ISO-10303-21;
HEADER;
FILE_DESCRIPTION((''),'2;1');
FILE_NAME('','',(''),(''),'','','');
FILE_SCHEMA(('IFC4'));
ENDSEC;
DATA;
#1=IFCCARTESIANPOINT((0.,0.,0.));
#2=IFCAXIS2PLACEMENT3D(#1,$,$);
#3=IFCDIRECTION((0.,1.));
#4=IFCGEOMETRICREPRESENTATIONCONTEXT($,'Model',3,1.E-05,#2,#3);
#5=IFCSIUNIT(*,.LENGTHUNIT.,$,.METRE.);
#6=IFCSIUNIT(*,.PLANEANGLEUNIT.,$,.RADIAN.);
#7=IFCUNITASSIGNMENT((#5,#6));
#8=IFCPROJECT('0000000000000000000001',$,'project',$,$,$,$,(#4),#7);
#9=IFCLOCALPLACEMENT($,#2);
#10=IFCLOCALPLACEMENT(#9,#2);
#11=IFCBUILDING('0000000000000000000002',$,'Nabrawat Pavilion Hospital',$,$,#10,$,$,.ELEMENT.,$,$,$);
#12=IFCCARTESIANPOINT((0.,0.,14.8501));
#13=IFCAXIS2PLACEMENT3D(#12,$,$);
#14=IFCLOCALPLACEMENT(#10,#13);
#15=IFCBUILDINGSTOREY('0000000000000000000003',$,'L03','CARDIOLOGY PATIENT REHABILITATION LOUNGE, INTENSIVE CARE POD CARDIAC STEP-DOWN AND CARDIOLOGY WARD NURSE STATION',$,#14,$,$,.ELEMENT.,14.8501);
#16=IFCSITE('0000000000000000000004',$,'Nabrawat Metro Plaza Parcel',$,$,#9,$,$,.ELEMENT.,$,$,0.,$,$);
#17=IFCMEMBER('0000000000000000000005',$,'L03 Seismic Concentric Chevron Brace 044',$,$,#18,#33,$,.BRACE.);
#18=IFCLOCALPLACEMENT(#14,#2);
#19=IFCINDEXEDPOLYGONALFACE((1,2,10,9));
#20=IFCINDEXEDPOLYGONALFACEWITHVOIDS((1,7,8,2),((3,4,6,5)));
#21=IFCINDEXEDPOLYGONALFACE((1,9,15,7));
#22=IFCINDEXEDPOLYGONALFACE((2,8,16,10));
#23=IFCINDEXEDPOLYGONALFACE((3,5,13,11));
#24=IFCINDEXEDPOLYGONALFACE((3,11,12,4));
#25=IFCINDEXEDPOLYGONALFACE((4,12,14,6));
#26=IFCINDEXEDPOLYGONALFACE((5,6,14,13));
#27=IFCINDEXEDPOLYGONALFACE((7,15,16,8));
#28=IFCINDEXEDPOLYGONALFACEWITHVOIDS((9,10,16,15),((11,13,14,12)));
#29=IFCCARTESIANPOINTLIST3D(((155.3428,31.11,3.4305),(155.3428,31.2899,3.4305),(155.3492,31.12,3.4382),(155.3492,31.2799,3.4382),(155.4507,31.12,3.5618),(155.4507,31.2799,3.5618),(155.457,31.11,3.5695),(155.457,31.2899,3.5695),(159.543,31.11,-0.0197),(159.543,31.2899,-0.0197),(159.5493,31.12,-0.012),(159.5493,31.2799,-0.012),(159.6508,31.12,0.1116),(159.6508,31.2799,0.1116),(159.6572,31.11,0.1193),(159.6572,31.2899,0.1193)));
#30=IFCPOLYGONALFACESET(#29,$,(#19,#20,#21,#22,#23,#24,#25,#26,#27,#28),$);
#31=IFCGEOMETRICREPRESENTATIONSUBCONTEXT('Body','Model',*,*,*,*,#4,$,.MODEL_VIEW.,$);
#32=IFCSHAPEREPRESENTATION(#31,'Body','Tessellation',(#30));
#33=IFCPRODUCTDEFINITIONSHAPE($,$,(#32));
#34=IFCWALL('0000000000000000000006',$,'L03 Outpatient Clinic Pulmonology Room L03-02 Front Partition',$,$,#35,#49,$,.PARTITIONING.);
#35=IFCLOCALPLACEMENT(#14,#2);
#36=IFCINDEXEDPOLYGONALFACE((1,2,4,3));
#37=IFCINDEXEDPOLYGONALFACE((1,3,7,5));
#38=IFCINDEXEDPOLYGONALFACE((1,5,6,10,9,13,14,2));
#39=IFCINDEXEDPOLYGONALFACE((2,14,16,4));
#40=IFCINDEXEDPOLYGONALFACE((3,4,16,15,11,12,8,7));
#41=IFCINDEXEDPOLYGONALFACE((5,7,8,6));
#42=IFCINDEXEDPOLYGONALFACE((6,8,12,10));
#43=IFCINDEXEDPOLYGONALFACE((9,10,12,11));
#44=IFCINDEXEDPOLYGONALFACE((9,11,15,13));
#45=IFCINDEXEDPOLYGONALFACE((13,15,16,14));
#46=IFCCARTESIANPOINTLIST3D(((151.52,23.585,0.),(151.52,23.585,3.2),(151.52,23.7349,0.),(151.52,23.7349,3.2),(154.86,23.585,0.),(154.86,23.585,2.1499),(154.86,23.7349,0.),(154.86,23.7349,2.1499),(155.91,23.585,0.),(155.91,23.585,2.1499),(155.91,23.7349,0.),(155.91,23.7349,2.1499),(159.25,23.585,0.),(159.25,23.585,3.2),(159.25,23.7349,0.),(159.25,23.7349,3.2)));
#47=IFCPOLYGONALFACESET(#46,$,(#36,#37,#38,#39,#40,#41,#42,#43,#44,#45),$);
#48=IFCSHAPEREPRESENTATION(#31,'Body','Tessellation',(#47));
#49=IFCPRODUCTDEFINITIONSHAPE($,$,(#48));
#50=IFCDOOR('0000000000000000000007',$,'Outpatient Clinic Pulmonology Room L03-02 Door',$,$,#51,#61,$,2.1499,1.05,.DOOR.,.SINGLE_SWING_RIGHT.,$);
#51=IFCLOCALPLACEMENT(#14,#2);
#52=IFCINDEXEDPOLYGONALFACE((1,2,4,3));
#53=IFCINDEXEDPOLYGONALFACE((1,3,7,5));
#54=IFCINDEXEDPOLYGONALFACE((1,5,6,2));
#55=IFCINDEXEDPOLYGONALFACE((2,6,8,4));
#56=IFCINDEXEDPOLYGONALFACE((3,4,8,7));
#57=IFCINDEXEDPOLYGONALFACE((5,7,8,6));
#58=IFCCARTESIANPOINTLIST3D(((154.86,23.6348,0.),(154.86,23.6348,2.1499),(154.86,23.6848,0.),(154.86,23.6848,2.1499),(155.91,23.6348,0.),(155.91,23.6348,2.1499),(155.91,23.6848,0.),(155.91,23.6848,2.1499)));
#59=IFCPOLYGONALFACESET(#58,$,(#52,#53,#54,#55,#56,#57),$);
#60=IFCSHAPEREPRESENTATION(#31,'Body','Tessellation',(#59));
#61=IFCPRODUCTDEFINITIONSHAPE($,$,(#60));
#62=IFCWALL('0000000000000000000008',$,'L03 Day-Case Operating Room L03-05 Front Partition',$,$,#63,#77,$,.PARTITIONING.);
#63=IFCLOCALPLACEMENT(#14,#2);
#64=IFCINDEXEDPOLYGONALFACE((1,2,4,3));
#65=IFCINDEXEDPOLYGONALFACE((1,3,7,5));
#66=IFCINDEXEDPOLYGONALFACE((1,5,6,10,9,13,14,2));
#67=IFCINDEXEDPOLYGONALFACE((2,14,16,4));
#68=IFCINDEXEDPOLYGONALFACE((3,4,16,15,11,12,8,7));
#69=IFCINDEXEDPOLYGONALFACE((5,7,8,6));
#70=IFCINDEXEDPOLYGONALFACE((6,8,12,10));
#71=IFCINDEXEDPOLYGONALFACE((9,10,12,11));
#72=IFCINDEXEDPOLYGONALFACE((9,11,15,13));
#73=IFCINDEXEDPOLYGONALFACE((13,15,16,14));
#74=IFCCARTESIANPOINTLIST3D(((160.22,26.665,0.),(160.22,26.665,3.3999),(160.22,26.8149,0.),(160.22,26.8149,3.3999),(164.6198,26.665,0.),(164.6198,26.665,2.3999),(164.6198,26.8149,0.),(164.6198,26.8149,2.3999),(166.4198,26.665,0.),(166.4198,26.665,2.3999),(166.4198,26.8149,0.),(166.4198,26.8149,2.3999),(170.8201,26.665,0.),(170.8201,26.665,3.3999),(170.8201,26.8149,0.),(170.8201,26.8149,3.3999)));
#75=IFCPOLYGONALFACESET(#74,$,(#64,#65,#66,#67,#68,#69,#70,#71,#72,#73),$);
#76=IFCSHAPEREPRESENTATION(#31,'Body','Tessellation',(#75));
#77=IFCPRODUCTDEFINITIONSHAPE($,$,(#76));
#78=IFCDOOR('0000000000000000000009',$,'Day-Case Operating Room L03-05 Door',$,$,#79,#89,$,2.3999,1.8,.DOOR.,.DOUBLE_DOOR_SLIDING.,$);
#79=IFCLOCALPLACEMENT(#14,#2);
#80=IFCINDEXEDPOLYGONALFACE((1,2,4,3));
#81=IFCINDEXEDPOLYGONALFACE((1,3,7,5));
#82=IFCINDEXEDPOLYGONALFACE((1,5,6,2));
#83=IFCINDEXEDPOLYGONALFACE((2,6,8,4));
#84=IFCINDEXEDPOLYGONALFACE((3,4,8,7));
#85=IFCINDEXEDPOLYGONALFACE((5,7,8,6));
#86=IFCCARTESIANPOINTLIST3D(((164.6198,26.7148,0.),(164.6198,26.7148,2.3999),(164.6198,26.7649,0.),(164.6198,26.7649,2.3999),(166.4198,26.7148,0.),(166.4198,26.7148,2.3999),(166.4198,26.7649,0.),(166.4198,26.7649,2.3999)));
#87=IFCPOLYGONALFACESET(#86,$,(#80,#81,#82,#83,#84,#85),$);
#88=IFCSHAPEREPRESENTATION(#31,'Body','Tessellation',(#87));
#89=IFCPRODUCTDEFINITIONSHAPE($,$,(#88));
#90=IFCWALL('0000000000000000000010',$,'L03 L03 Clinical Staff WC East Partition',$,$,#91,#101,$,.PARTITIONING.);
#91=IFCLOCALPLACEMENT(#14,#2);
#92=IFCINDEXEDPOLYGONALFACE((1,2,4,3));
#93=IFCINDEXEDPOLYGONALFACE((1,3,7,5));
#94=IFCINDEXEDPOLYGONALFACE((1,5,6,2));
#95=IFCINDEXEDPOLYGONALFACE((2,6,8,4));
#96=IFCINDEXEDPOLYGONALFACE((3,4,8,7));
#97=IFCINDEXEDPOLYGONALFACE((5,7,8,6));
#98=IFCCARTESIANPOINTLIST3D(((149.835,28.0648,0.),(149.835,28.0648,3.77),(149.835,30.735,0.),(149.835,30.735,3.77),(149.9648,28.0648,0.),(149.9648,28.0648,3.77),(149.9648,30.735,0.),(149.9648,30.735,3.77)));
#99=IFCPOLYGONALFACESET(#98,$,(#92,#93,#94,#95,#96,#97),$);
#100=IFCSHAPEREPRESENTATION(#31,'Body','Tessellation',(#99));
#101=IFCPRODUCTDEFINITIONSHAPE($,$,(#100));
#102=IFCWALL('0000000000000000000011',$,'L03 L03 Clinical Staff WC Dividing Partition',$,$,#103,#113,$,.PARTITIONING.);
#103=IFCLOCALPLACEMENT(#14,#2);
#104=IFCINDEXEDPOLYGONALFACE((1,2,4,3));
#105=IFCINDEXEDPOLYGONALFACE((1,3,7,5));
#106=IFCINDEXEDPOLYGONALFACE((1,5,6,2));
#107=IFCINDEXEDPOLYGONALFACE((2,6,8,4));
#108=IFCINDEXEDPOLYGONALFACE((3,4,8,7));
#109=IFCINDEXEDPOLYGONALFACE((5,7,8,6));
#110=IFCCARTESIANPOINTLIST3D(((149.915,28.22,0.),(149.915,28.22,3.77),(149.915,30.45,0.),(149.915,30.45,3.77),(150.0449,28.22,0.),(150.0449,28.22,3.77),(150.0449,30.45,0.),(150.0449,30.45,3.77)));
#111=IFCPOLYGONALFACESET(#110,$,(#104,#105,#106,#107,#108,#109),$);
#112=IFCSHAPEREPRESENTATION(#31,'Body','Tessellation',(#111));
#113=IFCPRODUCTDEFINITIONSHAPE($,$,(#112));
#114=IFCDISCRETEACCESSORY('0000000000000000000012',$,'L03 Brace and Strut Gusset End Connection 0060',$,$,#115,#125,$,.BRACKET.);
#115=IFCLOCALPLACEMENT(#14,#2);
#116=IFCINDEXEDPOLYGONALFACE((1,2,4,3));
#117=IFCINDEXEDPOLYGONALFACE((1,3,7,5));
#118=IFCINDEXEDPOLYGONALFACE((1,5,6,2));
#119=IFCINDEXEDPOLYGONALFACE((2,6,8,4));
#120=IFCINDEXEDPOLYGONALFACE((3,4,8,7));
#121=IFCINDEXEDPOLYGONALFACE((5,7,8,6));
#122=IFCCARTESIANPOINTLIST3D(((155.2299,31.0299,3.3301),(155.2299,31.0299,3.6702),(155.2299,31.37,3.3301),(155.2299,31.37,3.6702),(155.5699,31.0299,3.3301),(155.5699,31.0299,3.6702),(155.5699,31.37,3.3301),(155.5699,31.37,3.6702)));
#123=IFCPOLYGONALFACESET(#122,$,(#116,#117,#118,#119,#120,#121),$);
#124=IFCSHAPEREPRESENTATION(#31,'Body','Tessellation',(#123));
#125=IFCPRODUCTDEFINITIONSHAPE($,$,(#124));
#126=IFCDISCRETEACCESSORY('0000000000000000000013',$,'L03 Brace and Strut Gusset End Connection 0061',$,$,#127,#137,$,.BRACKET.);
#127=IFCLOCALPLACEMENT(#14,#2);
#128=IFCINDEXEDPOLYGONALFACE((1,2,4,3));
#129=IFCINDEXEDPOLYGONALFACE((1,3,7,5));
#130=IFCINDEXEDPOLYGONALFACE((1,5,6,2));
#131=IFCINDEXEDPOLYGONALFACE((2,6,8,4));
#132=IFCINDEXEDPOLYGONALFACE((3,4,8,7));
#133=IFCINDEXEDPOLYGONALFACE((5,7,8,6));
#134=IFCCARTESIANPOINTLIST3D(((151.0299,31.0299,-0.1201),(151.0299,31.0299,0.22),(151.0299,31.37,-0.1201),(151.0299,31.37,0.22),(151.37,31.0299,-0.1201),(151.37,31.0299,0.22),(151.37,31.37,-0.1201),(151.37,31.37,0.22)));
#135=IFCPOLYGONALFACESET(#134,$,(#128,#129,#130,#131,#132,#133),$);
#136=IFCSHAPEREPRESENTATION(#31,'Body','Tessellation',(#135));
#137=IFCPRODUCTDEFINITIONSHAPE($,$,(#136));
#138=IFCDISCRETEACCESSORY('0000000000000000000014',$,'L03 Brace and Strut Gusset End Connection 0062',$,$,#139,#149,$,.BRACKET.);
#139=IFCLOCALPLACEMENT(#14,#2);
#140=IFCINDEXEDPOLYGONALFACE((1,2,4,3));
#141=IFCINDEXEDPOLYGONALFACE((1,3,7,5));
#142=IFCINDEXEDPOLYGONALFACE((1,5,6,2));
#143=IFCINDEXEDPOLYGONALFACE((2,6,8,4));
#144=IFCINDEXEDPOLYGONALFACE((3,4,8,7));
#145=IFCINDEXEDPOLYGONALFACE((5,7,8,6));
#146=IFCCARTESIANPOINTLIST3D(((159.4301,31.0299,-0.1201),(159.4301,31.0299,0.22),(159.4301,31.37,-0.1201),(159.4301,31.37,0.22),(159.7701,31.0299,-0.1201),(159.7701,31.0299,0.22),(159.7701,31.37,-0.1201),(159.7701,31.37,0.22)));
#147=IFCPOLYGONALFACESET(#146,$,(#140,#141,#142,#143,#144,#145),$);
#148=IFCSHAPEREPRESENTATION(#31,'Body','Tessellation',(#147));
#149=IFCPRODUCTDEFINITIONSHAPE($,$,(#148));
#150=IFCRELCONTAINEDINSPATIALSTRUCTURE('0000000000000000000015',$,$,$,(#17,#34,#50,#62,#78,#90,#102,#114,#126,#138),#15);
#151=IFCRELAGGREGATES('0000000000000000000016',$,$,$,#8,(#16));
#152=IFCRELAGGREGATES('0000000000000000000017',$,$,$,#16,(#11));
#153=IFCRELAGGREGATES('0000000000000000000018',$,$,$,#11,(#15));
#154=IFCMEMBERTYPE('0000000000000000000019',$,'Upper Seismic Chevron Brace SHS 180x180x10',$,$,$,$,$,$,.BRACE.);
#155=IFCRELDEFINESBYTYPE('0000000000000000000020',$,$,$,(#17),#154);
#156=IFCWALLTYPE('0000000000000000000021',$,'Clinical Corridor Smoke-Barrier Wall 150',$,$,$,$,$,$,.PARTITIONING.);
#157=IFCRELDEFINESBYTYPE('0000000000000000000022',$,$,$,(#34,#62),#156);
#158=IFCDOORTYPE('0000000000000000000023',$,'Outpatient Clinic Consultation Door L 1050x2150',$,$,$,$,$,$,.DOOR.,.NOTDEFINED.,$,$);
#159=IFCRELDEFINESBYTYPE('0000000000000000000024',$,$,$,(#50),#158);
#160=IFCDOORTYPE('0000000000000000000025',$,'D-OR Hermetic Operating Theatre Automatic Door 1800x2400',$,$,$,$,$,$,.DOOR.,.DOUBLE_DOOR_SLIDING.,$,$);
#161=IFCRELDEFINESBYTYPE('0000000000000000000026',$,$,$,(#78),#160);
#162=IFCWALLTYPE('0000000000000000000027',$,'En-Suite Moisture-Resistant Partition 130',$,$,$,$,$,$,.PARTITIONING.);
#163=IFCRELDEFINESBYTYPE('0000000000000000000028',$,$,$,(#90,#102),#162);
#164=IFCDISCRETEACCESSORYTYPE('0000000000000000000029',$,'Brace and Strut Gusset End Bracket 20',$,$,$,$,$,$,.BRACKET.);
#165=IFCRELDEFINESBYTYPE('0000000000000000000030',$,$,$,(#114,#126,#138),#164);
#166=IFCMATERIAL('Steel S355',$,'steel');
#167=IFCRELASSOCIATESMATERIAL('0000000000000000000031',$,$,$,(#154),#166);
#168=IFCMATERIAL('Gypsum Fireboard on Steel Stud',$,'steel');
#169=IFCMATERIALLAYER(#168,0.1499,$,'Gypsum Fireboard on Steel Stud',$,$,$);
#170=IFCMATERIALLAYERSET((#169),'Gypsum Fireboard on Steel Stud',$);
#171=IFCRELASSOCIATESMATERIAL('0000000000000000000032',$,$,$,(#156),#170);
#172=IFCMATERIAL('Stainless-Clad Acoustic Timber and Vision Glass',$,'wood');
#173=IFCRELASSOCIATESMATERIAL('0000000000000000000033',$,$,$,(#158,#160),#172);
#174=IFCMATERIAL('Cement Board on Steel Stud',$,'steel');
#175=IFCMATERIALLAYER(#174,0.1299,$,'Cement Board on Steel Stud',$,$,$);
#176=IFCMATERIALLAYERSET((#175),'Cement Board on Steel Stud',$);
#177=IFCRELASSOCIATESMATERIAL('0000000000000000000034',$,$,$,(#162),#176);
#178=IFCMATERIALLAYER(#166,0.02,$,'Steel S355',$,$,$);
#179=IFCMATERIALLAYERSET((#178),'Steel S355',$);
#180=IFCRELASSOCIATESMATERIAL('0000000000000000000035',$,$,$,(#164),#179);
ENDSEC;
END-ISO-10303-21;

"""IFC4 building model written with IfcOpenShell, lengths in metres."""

from ifc_helpers import new_model, si_unit, direction, frame, frame_2d, origin, origin_2d, place, context, subcontext, project, spatial, rectangle, hollow_rectangle, extrude, material, layer, layer_set, material_profile, profile_set, type_object, element, fill, save


model = new_model("IFC4")

# Units and contexts
model_context = context("Model", 3, precision=1e-05, world=origin(), true_north=direction((0.0, 1.0)))
body_context = subcontext(model_context, "Body", "Model", "MODEL_VIEW")
ifc_project = project(units=[si_unit("LENGTHUNIT", "METRE"), si_unit("PLANEANGLEUNIT", "RADIAN")], contexts=[model_context])

# Site, building, storey
site_placement = place(None, origin())
site = spatial("IfcSite", under=ifc_project, at=site_placement, Name="Nabrawat Metro Plaza Parcel", CompositionType="ELEMENT", RefElevation=0.0)
building_placement = place(site_placement, origin())
building = spatial("IfcBuilding", under=site, at=building_placement, Name="Nabrawat Pavilion Hospital", CompositionType="ELEMENT")
storey_placement = place(building_placement, frame((0.0, 0.0, 14.8501)))
storey = spatial("IfcBuildingStorey", under=building, at=storey_placement, Name="L03", Description="CARDIOLOGY PATIENT REHABILITATION LOUNGE, INTENSIVE CARE POD CARDIAC STEP-DOWN AND CARDIOLOGY WARD NURSE STATION", CompositionType="ELEMENT", Elevation=14.8501)

# Shared definitions
ifc_material_1 = material(Name="Steel S355", Category="steel")

# Member
ifc_material_profile_1 = material_profile(ifc_material_1, hollow_rectangle(XDim=0.1799, YDim=0.1799, WallThickness=0.01, at=origin_2d()), Name="SHS 180x180x10")
ifc_profile_set_1 = profile_set([ifc_material_profile_1], Name="Steel S355")
member_type = type_object("IfcMemberType", Name="Upper Seismic Chevron Brace SHS 180x180x10", PredefinedType="BRACE", material=ifc_profile_set_1)
member_1_placement = place(storey_placement, frame((159.6001, 31.2, 0.0498), z_axis=(-0.772723, 0.0, 0.634743), x_axis=(0.0, -1.0, 0.0)))
element("IfcMember", 1, at=member_1_placement, inside=storey, type_object=member_type, Name="L03 Seismic Concentric Chevron Brace 044", PredefinedType="BRACE", context=body_context, shape_type="SweptSolid", body=[
    extrude(hollow_rectangle(XDim=0.1799, YDim=0.1799, WallThickness=0.01, at=origin_2d()), origin(), (0.0, 0.0, 1.0), 5.4355),
])

# Walls, openings, doors
ifc_material_2 = material(Name="Gypsum Fireboard on Steel Stud", Category="steel")
ifc_layer_1 = layer(ifc_material_2, 0.1499, Name="Gypsum Fireboard on Steel Stud")
ifc_layer_set_1 = layer_set([ifc_layer_1], Name="Gypsum Fireboard on Steel Stud")
wall_type_1 = type_object("IfcWallType", Name="Clinical Corridor Smoke-Barrier Wall 150", PredefinedType="PARTITIONING", material=ifc_layer_set_1)
wall_1_placement = place(storey_placement, frame((151.52, 23.6599, 0.0), z_axis=(0.0, 0.0, 1.0), x_axis=(1.0, 0.0, 0.0)))
wall_1 = element("IfcWall", 2, at=wall_1_placement, inside=storey, type_object=wall_type_1, Name="L03 Outpatient Clinic Pulmonology Room L03-02 Front Partition", PredefinedType="PARTITIONING", context=body_context, shape_type="SweptSolid", body=[
    extrude(rectangle(XDim=7.73, YDim=0.1499, at=frame_2d((3.865, 0.0))), origin(), (0.0, 0.0, 1.0), 3.2),
])
opening_1_placement = place(wall_1_placement, frame((3.3401, 0.0, 0.0)))
opening_1 = element("IfcOpeningElement", 3, at=opening_1_placement, cuts=wall_1, PredefinedType="OPENING", context=body_context, shape_type="SweptSolid", body=[
    extrude(rectangle(XDim=1.05, YDim=2.1499, at=frame_2d((0.5249, 1.075))), frame((0.0, 0.085, 0.0), z_axis=(0.0, -1.0, 0.0), x_axis=(1.0, 0.0, 0.0)), (0.0, 0.0, 1.0), 0.1699),
])
ifc_material_3 = material(Name="Stainless-Clad Acoustic Timber and Vision Glass", Category="wood")
door_type_1 = type_object("IfcDoorType", Name="Outpatient Clinic Consultation Door L 1050x2150", OperationType="NOTDEFINED", PredefinedType="DOOR", material=ifc_material_3)
door_1_placement = place(opening_1_placement, origin())
door_1 = element("IfcDoor", 4, at=door_1_placement, inside=storey, type_object=door_type_1, Name="Outpatient Clinic Pulmonology Room L03-02 Door", OperationType="SINGLE_SWING_RIGHT", OverallHeight=2.1499, OverallWidth=1.05, PredefinedType="DOOR", context=body_context, shape_type="SweptSolid", body=[
    extrude(rectangle(XDim=1.05, YDim=2.1499, at=frame_2d((0.5249, 1.075))), frame((0.0, 0.0249, 0.0), z_axis=(0.0, -1.0, 0.0), x_axis=(1.0, 0.0, 0.0)), (0.0, 0.0, 1.0), 0.05),
])
fill(opening_1, door_1)
wall_2_placement = place(storey_placement, frame((160.22, 26.74, 0.0), z_axis=(0.0, 0.0, 1.0), x_axis=(1.0, 0.0, 0.0)))
wall_2 = element("IfcWall", 5, at=wall_2_placement, inside=storey, type_object=wall_type_1, Name="L03 Day-Case Operating Room L03-05 Front Partition", PredefinedType="PARTITIONING", context=body_context, shape_type="SweptSolid", body=[
    extrude(rectangle(XDim=10.6001, YDim=0.1499, at=frame_2d((5.3, 0.0))), origin(), (0.0, 0.0, 1.0), 3.3999),
])
opening_2_placement = place(wall_2_placement, frame((4.3999, 0.0, 0.0)))
opening_2 = element("IfcOpeningElement", 6, at=opening_2_placement, cuts=wall_2, PredefinedType="OPENING", context=body_context, shape_type="SweptSolid", body=[
    extrude(rectangle(XDim=1.8, YDim=2.3999, at=frame_2d((0.8999, 1.2))), frame((0.0, 0.085, 0.0), z_axis=(0.0, -1.0, 0.0), x_axis=(1.0, 0.0, 0.0)), (0.0, 0.0, 1.0), 0.1699),
])
door_type_2 = type_object("IfcDoorType", Name="D-OR Hermetic Operating Theatre Automatic Door 1800x2400", OperationType="DOUBLE_DOOR_SLIDING", PredefinedType="DOOR", material=ifc_material_3)
door_2_placement = place(opening_2_placement, origin())
door_2 = element("IfcDoor", 7, at=door_2_placement, inside=storey, type_object=door_type_2, Name="Day-Case Operating Room L03-05 Door", OperationType="DOUBLE_DOOR_SLIDING", OverallHeight=2.3999, OverallWidth=1.8, PredefinedType="DOOR", context=body_context, shape_type="SweptSolid", body=[
    extrude(rectangle(XDim=1.8, YDim=2.3999, at=frame_2d((0.8999, 1.2))), frame((0.0, 0.0249, 0.0), z_axis=(0.0, -1.0, 0.0), x_axis=(1.0, 0.0, 0.0)), (0.0, 0.0, 1.0), 0.05),
])
fill(opening_2, door_2)

# Walls
ifc_material_4 = material(Name="Cement Board on Steel Stud", Category="steel")
ifc_layer_2 = layer(ifc_material_4, 0.1299, Name="Cement Board on Steel Stud")
ifc_layer_set_2 = layer_set([ifc_layer_2], Name="Cement Board on Steel Stud")
wall_type_2 = type_object("IfcWallType", Name="En-Suite Moisture-Resistant Partition 130", PredefinedType="PARTITIONING", material=ifc_layer_set_2)
wall_3_placement = place(storey_placement, frame((149.8999, 28.0649, 0.0), z_axis=(0.0, 0.0, 1.0), x_axis=(0.0, 1.0, 0.0)))
element("IfcWall", 8, at=wall_3_placement, inside=storey, type_object=wall_type_2, Name="L03 L03 Clinical Staff WC East Partition", PredefinedType="PARTITIONING", context=body_context, shape_type="SweptSolid", body=[
    extrude(rectangle(XDim=2.6702, YDim=0.1299, at=frame_2d((1.335, 0.0))), origin(), (0.0, 0.0, 1.0), 3.77),
])
wall_4_placement = place(storey_placement, frame((149.98, 28.22, 0.0), z_axis=(0.0, 0.0, 1.0), x_axis=(0.0, 1.0, 0.0)))
element("IfcWall", 9, at=wall_4_placement, inside=storey, type_object=wall_type_2, Name="L03 L03 Clinical Staff WC Dividing Partition", PredefinedType="PARTITIONING", context=body_context, shape_type="SweptSolid", body=[
    extrude(rectangle(XDim=2.23, YDim=0.1299, at=frame_2d((1.115, 0.0))), origin(), (0.0, 0.0, 1.0), 3.77),
])

# Discrete accessories
ifc_layer_3 = layer(ifc_material_1, 0.02, Name="Steel S355")
ifc_layer_set_3 = layer_set([ifc_layer_3], Name="Steel S355")
discrete_accessory_type = type_object("IfcDiscreteAccessoryType", Name="Brace and Strut Gusset End Bracket 20", PredefinedType="BRACKET", material=ifc_layer_set_3)
for number, where, z_axis, x_axis, name in (
    (10, (155.3999, 31.2, 3.3301), (0.0, 0.0, 1.0), (1.0, 0.0, 0.0), "L03 Brace and Strut Gusset End Connection 0060"),
    (11, (151.2, 31.2, -0.1201), (0.0, 0.0, 1.0), (1.0, 0.0, 0.0), "L03 Brace and Strut Gusset End Connection 0061"),
    (12, (159.6001, 31.2, -0.1201), (0.0, 0.0, 1.0), (1.0, 0.0, 0.0), "L03 Brace and Strut Gusset End Connection 0062"),
):
    element("IfcDiscreteAccessory", number, at=place(storey_placement, frame(where, z_axis=z_axis, x_axis=x_axis)), inside=storey, type_object=discrete_accessory_type, Name=name, PredefinedType="BRACKET", context=body_context, shape_type="SweptSolid", body=[
        extrude(rectangle(XDim=0.3401, YDim=0.3401, at=origin_2d()), origin(), (0.0, 0.0, 1.0), 0.3401),
    ])

save(model, "model.ifc")
